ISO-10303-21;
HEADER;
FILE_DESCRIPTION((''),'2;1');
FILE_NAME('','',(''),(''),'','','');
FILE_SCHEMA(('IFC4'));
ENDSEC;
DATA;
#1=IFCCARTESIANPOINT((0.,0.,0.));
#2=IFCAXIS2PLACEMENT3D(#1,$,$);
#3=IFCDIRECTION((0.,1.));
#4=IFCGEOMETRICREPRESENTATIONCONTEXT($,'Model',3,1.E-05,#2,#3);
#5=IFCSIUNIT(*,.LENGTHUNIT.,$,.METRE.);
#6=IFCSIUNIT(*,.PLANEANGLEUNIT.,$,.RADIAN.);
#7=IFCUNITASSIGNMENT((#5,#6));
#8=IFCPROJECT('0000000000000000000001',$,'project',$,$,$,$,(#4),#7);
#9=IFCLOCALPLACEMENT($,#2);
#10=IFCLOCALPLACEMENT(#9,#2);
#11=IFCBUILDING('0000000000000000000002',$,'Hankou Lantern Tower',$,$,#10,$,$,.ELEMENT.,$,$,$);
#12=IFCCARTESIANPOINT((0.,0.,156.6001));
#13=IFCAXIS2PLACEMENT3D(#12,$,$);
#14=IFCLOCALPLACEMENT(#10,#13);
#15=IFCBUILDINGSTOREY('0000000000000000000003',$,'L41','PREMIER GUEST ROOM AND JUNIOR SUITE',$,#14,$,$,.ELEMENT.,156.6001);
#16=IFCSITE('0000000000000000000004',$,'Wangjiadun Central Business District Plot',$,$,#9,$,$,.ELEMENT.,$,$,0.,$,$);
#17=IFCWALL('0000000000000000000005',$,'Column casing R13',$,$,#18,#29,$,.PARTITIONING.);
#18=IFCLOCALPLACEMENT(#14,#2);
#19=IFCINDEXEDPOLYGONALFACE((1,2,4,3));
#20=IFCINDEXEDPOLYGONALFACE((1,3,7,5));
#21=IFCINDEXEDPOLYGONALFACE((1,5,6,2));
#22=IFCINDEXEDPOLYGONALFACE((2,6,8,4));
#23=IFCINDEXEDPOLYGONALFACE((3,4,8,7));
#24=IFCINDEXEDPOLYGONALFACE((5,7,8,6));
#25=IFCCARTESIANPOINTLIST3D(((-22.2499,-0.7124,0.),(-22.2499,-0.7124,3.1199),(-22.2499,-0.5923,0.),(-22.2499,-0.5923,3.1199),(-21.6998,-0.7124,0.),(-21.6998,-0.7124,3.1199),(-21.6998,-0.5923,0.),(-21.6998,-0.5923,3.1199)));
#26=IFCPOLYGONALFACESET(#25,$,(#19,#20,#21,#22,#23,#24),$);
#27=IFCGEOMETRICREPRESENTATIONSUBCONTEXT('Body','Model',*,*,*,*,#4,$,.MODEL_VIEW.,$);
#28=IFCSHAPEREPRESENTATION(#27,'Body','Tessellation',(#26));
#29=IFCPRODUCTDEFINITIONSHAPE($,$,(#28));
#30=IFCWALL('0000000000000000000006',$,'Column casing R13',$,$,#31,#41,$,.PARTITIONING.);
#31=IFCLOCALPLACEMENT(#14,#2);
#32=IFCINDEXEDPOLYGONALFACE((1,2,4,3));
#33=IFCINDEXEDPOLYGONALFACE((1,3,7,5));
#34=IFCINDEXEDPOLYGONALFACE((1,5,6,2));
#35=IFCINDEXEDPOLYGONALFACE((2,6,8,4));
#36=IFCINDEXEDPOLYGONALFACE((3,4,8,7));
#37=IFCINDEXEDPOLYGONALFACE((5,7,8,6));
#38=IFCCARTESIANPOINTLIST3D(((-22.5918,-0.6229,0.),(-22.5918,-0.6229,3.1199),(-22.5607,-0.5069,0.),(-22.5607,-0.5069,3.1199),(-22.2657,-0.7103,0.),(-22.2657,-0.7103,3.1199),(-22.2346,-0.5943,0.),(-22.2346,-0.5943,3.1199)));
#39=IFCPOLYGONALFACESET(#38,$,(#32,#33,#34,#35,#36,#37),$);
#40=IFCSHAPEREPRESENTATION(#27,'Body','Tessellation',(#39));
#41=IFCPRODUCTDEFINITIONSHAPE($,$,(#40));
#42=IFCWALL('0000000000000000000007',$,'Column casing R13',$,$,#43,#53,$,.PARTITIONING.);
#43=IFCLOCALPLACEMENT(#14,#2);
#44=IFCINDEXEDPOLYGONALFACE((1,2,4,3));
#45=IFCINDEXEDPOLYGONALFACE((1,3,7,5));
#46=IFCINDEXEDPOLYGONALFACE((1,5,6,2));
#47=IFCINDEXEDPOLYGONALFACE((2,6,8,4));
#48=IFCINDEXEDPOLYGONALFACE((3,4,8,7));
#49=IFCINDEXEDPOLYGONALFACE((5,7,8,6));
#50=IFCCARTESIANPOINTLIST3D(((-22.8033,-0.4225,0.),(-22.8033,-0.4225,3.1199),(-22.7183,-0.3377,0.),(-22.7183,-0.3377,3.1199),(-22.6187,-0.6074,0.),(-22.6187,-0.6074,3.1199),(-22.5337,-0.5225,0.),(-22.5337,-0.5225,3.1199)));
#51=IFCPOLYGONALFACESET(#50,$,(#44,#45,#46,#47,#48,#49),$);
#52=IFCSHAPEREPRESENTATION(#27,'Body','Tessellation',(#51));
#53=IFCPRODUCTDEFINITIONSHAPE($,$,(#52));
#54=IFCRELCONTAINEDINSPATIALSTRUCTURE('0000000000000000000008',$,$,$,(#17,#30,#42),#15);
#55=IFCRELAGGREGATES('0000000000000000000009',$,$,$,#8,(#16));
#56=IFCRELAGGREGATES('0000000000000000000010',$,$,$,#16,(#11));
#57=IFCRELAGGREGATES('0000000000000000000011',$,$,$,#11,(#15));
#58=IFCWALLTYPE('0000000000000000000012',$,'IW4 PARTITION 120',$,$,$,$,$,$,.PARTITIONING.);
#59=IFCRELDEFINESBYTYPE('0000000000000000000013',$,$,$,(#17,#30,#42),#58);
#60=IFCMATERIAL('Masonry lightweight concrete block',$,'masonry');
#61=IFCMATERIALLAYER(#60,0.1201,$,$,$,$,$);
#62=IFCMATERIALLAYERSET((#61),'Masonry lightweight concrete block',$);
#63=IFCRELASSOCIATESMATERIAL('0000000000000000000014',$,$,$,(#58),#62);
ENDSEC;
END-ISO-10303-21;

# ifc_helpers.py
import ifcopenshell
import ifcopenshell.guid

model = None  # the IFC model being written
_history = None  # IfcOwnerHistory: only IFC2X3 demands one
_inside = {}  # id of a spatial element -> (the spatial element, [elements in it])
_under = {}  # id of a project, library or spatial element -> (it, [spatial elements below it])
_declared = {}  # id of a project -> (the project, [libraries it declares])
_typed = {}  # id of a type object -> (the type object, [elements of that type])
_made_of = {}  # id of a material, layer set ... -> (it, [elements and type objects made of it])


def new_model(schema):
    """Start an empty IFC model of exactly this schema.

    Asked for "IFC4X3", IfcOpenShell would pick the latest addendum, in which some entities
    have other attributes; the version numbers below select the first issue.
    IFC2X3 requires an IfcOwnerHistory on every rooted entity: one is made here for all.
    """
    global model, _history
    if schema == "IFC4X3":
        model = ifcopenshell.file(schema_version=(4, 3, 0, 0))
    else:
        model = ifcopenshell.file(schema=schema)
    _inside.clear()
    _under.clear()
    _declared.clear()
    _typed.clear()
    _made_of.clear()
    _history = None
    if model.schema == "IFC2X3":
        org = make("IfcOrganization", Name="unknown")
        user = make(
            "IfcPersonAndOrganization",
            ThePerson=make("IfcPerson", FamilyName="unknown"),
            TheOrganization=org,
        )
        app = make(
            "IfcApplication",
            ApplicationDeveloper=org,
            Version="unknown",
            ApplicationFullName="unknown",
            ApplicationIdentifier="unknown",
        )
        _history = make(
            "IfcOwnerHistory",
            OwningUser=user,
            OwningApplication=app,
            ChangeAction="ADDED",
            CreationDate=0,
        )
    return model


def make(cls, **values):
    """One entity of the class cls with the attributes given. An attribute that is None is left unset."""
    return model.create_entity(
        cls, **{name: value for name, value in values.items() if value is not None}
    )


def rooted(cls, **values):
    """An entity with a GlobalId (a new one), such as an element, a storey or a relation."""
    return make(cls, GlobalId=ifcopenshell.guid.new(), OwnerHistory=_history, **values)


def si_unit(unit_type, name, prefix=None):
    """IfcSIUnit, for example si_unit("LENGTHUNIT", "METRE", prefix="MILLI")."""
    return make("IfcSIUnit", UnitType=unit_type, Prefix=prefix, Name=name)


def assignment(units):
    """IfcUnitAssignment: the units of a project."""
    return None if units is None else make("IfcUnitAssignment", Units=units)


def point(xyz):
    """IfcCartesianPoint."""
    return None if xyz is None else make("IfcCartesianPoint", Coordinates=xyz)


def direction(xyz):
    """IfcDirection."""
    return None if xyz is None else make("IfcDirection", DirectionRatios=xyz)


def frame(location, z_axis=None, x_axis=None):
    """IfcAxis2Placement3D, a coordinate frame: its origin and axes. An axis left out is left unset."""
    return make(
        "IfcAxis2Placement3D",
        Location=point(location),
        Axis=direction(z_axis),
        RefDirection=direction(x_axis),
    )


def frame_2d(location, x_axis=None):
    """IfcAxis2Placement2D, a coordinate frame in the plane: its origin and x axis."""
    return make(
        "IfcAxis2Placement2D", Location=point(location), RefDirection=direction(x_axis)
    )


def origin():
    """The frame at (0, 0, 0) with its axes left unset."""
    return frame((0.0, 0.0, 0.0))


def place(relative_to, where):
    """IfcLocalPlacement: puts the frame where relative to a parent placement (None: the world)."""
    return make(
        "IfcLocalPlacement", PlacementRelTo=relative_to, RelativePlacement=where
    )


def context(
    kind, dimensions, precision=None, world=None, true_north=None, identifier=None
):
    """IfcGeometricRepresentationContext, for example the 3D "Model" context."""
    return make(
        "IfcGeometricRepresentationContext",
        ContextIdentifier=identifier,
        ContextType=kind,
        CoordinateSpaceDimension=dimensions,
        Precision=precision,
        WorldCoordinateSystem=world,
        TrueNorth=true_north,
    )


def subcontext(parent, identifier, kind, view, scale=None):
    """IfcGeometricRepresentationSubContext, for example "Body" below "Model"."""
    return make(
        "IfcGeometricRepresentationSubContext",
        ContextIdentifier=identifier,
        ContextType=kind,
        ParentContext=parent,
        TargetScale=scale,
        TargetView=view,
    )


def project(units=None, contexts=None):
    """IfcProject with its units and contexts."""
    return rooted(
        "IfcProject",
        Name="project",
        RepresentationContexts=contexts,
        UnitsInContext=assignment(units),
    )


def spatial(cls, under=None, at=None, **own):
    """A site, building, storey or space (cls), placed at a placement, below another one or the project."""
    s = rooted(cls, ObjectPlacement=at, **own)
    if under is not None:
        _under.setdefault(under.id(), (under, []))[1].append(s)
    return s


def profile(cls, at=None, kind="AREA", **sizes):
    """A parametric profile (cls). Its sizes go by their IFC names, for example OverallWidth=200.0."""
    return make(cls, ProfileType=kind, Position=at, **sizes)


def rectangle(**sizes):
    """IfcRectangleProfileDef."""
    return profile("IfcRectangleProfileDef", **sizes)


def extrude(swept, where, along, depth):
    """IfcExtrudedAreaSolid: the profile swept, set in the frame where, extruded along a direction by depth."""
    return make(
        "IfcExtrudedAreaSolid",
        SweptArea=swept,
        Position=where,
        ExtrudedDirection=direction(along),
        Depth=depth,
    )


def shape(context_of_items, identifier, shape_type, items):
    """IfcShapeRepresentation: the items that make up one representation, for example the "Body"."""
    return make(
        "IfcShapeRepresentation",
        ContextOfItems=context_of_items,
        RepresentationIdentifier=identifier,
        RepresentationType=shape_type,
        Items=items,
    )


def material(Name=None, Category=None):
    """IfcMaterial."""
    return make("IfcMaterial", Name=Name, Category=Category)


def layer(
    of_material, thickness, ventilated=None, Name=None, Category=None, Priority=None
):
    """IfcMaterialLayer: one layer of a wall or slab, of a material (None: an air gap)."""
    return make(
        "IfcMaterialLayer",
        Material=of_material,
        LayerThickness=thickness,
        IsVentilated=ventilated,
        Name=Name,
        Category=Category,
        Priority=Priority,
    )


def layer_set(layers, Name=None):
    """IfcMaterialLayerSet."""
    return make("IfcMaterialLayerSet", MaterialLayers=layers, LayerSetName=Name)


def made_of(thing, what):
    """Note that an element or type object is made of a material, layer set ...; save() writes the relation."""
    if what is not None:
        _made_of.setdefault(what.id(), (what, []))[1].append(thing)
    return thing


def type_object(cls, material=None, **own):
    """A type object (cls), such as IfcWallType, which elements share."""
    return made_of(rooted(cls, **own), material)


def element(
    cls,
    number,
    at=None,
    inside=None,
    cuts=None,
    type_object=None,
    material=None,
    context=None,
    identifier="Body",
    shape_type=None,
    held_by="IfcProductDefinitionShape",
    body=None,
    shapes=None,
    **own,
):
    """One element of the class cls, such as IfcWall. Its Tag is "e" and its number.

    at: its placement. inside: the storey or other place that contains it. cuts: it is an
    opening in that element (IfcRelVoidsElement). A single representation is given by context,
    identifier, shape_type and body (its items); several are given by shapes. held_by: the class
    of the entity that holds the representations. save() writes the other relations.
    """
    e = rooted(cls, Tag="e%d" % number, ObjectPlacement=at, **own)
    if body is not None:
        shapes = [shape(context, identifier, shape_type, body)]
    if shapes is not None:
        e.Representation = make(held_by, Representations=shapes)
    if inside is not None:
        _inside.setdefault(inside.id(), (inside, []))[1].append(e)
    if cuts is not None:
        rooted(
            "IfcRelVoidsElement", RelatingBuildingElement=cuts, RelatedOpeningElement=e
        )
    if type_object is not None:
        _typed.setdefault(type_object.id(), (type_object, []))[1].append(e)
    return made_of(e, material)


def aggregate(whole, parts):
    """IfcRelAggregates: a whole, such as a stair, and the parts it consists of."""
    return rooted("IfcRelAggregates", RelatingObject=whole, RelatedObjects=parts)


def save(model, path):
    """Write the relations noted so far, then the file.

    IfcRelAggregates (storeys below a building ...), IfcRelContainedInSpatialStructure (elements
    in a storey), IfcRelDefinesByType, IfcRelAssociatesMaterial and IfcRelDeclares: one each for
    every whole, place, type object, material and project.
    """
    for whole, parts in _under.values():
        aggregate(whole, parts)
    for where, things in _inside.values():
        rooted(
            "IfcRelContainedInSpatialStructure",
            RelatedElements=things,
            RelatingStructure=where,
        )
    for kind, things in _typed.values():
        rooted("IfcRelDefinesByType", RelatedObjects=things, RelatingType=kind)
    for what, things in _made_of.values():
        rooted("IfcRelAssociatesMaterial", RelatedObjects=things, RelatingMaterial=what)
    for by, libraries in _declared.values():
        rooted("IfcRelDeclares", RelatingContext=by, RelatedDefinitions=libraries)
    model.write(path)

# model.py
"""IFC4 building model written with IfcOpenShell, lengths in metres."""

from ifc_helpers import new_model, si_unit, direction, frame, frame_2d, origin, place, context, subcontext, project, spatial, rectangle, extrude, material, layer, layer_set, type_object, element, save


model = new_model("IFC4")

# Units and contexts
model_context = context("Model", 3, precision=1e-05, world=origin(), true_north=direction((0.0, 1.0)))
body_context = subcontext(model_context, "Body", "Model", "MODEL_VIEW")
ifc_project = project(units=[si_unit("LENGTHUNIT", "METRE"), si_unit("PLANEANGLEUNIT", "RADIAN")], contexts=[model_context])

# Site, building, storey
site_placement = place(None, origin())
site = spatial("IfcSite", under=ifc_project, at=site_placement, Name="Wangjiadun Central Business District Plot", CompositionType="ELEMENT", RefElevation=0.0)
building_placement = place(site_placement, origin())
building = spatial("IfcBuilding", under=site, at=building_placement, Name="Hankou Lantern Tower", CompositionType="ELEMENT")
storey_placement = place(building_placement, frame((0.0, 0.0, 156.6001)))
storey = spatial("IfcBuildingStorey", under=building, at=storey_placement, Name="L41", Description="PREMIER GUEST ROOM AND JUNIOR SUITE", CompositionType="ELEMENT", Elevation=156.6001)

# Walls
ifc_material_1 = material(Name="Masonry lightweight concrete block", Category="masonry")
ifc_layer_1 = layer(ifc_material_1, 0.1201)
ifc_layer_set_1 = layer_set([ifc_layer_1], Name="Masonry lightweight concrete block")
wall_type_1 = type_object("IfcWallType", Name="IW4 PARTITION 120", PredefinedType="PARTITIONING", material=ifc_layer_set_1)
wall_1_placement = place(storey_placement, frame((-21.7, -0.6523, 0.0), z_axis=(0.0, 0.0, 1.0), x_axis=(-1.0, 0.0, 0.0)))
element("IfcWall", 1, at=wall_1_placement, inside=storey, type_object=wall_type_1, Name="Column casing R13", PredefinedType="PARTITIONING", context=body_context, shape_type="SweptSolid", body=[
    extrude(rectangle(XDim=0.55, YDim=0.1201, at=frame_2d((0.2749, 0.0))), origin(), (0.0, 0.0, 1.0), 3.1199),
])
wall_2_placement = place(storey_placement, frame((-22.25, -0.6523, 0.0), z_axis=(0.0, 0.0, 1.0), x_axis=(-0.965922, 0.258832, 0.0)))
element("IfcWall", 2, at=wall_2_placement, inside=storey, type_object=wall_type_1, Name="Column casing R13", PredefinedType="PARTITIONING", context=body_context, shape_type="SweptSolid", body=[
    extrude(rectangle(XDim=0.3376, YDim=0.1201, at=frame_2d((0.1689, 0.0))), origin(), (0.0, 0.0, 1.0), 3.1199),
])
wall_3_placement = place(storey_placement, frame((-22.5762, -0.5649, 0.0), z_axis=(0.0, 0.0, 1.0), x_axis=(-0.706639, 0.707574, 0.0)))
element("IfcWall", 3, at=wall_3_placement, inside=storey, type_object=wall_type_1, Name="Column casing R13", PredefinedType="PARTITIONING", context=body_context, shape_type="SweptSolid", body=[
    extrude(rectangle(XDim=0.2612, YDim=0.1201, at=frame_2d((0.1306, 0.0))), origin(), (0.0, 0.0, 1.0), 3.1199),
])

save(model, "model.ifc")
